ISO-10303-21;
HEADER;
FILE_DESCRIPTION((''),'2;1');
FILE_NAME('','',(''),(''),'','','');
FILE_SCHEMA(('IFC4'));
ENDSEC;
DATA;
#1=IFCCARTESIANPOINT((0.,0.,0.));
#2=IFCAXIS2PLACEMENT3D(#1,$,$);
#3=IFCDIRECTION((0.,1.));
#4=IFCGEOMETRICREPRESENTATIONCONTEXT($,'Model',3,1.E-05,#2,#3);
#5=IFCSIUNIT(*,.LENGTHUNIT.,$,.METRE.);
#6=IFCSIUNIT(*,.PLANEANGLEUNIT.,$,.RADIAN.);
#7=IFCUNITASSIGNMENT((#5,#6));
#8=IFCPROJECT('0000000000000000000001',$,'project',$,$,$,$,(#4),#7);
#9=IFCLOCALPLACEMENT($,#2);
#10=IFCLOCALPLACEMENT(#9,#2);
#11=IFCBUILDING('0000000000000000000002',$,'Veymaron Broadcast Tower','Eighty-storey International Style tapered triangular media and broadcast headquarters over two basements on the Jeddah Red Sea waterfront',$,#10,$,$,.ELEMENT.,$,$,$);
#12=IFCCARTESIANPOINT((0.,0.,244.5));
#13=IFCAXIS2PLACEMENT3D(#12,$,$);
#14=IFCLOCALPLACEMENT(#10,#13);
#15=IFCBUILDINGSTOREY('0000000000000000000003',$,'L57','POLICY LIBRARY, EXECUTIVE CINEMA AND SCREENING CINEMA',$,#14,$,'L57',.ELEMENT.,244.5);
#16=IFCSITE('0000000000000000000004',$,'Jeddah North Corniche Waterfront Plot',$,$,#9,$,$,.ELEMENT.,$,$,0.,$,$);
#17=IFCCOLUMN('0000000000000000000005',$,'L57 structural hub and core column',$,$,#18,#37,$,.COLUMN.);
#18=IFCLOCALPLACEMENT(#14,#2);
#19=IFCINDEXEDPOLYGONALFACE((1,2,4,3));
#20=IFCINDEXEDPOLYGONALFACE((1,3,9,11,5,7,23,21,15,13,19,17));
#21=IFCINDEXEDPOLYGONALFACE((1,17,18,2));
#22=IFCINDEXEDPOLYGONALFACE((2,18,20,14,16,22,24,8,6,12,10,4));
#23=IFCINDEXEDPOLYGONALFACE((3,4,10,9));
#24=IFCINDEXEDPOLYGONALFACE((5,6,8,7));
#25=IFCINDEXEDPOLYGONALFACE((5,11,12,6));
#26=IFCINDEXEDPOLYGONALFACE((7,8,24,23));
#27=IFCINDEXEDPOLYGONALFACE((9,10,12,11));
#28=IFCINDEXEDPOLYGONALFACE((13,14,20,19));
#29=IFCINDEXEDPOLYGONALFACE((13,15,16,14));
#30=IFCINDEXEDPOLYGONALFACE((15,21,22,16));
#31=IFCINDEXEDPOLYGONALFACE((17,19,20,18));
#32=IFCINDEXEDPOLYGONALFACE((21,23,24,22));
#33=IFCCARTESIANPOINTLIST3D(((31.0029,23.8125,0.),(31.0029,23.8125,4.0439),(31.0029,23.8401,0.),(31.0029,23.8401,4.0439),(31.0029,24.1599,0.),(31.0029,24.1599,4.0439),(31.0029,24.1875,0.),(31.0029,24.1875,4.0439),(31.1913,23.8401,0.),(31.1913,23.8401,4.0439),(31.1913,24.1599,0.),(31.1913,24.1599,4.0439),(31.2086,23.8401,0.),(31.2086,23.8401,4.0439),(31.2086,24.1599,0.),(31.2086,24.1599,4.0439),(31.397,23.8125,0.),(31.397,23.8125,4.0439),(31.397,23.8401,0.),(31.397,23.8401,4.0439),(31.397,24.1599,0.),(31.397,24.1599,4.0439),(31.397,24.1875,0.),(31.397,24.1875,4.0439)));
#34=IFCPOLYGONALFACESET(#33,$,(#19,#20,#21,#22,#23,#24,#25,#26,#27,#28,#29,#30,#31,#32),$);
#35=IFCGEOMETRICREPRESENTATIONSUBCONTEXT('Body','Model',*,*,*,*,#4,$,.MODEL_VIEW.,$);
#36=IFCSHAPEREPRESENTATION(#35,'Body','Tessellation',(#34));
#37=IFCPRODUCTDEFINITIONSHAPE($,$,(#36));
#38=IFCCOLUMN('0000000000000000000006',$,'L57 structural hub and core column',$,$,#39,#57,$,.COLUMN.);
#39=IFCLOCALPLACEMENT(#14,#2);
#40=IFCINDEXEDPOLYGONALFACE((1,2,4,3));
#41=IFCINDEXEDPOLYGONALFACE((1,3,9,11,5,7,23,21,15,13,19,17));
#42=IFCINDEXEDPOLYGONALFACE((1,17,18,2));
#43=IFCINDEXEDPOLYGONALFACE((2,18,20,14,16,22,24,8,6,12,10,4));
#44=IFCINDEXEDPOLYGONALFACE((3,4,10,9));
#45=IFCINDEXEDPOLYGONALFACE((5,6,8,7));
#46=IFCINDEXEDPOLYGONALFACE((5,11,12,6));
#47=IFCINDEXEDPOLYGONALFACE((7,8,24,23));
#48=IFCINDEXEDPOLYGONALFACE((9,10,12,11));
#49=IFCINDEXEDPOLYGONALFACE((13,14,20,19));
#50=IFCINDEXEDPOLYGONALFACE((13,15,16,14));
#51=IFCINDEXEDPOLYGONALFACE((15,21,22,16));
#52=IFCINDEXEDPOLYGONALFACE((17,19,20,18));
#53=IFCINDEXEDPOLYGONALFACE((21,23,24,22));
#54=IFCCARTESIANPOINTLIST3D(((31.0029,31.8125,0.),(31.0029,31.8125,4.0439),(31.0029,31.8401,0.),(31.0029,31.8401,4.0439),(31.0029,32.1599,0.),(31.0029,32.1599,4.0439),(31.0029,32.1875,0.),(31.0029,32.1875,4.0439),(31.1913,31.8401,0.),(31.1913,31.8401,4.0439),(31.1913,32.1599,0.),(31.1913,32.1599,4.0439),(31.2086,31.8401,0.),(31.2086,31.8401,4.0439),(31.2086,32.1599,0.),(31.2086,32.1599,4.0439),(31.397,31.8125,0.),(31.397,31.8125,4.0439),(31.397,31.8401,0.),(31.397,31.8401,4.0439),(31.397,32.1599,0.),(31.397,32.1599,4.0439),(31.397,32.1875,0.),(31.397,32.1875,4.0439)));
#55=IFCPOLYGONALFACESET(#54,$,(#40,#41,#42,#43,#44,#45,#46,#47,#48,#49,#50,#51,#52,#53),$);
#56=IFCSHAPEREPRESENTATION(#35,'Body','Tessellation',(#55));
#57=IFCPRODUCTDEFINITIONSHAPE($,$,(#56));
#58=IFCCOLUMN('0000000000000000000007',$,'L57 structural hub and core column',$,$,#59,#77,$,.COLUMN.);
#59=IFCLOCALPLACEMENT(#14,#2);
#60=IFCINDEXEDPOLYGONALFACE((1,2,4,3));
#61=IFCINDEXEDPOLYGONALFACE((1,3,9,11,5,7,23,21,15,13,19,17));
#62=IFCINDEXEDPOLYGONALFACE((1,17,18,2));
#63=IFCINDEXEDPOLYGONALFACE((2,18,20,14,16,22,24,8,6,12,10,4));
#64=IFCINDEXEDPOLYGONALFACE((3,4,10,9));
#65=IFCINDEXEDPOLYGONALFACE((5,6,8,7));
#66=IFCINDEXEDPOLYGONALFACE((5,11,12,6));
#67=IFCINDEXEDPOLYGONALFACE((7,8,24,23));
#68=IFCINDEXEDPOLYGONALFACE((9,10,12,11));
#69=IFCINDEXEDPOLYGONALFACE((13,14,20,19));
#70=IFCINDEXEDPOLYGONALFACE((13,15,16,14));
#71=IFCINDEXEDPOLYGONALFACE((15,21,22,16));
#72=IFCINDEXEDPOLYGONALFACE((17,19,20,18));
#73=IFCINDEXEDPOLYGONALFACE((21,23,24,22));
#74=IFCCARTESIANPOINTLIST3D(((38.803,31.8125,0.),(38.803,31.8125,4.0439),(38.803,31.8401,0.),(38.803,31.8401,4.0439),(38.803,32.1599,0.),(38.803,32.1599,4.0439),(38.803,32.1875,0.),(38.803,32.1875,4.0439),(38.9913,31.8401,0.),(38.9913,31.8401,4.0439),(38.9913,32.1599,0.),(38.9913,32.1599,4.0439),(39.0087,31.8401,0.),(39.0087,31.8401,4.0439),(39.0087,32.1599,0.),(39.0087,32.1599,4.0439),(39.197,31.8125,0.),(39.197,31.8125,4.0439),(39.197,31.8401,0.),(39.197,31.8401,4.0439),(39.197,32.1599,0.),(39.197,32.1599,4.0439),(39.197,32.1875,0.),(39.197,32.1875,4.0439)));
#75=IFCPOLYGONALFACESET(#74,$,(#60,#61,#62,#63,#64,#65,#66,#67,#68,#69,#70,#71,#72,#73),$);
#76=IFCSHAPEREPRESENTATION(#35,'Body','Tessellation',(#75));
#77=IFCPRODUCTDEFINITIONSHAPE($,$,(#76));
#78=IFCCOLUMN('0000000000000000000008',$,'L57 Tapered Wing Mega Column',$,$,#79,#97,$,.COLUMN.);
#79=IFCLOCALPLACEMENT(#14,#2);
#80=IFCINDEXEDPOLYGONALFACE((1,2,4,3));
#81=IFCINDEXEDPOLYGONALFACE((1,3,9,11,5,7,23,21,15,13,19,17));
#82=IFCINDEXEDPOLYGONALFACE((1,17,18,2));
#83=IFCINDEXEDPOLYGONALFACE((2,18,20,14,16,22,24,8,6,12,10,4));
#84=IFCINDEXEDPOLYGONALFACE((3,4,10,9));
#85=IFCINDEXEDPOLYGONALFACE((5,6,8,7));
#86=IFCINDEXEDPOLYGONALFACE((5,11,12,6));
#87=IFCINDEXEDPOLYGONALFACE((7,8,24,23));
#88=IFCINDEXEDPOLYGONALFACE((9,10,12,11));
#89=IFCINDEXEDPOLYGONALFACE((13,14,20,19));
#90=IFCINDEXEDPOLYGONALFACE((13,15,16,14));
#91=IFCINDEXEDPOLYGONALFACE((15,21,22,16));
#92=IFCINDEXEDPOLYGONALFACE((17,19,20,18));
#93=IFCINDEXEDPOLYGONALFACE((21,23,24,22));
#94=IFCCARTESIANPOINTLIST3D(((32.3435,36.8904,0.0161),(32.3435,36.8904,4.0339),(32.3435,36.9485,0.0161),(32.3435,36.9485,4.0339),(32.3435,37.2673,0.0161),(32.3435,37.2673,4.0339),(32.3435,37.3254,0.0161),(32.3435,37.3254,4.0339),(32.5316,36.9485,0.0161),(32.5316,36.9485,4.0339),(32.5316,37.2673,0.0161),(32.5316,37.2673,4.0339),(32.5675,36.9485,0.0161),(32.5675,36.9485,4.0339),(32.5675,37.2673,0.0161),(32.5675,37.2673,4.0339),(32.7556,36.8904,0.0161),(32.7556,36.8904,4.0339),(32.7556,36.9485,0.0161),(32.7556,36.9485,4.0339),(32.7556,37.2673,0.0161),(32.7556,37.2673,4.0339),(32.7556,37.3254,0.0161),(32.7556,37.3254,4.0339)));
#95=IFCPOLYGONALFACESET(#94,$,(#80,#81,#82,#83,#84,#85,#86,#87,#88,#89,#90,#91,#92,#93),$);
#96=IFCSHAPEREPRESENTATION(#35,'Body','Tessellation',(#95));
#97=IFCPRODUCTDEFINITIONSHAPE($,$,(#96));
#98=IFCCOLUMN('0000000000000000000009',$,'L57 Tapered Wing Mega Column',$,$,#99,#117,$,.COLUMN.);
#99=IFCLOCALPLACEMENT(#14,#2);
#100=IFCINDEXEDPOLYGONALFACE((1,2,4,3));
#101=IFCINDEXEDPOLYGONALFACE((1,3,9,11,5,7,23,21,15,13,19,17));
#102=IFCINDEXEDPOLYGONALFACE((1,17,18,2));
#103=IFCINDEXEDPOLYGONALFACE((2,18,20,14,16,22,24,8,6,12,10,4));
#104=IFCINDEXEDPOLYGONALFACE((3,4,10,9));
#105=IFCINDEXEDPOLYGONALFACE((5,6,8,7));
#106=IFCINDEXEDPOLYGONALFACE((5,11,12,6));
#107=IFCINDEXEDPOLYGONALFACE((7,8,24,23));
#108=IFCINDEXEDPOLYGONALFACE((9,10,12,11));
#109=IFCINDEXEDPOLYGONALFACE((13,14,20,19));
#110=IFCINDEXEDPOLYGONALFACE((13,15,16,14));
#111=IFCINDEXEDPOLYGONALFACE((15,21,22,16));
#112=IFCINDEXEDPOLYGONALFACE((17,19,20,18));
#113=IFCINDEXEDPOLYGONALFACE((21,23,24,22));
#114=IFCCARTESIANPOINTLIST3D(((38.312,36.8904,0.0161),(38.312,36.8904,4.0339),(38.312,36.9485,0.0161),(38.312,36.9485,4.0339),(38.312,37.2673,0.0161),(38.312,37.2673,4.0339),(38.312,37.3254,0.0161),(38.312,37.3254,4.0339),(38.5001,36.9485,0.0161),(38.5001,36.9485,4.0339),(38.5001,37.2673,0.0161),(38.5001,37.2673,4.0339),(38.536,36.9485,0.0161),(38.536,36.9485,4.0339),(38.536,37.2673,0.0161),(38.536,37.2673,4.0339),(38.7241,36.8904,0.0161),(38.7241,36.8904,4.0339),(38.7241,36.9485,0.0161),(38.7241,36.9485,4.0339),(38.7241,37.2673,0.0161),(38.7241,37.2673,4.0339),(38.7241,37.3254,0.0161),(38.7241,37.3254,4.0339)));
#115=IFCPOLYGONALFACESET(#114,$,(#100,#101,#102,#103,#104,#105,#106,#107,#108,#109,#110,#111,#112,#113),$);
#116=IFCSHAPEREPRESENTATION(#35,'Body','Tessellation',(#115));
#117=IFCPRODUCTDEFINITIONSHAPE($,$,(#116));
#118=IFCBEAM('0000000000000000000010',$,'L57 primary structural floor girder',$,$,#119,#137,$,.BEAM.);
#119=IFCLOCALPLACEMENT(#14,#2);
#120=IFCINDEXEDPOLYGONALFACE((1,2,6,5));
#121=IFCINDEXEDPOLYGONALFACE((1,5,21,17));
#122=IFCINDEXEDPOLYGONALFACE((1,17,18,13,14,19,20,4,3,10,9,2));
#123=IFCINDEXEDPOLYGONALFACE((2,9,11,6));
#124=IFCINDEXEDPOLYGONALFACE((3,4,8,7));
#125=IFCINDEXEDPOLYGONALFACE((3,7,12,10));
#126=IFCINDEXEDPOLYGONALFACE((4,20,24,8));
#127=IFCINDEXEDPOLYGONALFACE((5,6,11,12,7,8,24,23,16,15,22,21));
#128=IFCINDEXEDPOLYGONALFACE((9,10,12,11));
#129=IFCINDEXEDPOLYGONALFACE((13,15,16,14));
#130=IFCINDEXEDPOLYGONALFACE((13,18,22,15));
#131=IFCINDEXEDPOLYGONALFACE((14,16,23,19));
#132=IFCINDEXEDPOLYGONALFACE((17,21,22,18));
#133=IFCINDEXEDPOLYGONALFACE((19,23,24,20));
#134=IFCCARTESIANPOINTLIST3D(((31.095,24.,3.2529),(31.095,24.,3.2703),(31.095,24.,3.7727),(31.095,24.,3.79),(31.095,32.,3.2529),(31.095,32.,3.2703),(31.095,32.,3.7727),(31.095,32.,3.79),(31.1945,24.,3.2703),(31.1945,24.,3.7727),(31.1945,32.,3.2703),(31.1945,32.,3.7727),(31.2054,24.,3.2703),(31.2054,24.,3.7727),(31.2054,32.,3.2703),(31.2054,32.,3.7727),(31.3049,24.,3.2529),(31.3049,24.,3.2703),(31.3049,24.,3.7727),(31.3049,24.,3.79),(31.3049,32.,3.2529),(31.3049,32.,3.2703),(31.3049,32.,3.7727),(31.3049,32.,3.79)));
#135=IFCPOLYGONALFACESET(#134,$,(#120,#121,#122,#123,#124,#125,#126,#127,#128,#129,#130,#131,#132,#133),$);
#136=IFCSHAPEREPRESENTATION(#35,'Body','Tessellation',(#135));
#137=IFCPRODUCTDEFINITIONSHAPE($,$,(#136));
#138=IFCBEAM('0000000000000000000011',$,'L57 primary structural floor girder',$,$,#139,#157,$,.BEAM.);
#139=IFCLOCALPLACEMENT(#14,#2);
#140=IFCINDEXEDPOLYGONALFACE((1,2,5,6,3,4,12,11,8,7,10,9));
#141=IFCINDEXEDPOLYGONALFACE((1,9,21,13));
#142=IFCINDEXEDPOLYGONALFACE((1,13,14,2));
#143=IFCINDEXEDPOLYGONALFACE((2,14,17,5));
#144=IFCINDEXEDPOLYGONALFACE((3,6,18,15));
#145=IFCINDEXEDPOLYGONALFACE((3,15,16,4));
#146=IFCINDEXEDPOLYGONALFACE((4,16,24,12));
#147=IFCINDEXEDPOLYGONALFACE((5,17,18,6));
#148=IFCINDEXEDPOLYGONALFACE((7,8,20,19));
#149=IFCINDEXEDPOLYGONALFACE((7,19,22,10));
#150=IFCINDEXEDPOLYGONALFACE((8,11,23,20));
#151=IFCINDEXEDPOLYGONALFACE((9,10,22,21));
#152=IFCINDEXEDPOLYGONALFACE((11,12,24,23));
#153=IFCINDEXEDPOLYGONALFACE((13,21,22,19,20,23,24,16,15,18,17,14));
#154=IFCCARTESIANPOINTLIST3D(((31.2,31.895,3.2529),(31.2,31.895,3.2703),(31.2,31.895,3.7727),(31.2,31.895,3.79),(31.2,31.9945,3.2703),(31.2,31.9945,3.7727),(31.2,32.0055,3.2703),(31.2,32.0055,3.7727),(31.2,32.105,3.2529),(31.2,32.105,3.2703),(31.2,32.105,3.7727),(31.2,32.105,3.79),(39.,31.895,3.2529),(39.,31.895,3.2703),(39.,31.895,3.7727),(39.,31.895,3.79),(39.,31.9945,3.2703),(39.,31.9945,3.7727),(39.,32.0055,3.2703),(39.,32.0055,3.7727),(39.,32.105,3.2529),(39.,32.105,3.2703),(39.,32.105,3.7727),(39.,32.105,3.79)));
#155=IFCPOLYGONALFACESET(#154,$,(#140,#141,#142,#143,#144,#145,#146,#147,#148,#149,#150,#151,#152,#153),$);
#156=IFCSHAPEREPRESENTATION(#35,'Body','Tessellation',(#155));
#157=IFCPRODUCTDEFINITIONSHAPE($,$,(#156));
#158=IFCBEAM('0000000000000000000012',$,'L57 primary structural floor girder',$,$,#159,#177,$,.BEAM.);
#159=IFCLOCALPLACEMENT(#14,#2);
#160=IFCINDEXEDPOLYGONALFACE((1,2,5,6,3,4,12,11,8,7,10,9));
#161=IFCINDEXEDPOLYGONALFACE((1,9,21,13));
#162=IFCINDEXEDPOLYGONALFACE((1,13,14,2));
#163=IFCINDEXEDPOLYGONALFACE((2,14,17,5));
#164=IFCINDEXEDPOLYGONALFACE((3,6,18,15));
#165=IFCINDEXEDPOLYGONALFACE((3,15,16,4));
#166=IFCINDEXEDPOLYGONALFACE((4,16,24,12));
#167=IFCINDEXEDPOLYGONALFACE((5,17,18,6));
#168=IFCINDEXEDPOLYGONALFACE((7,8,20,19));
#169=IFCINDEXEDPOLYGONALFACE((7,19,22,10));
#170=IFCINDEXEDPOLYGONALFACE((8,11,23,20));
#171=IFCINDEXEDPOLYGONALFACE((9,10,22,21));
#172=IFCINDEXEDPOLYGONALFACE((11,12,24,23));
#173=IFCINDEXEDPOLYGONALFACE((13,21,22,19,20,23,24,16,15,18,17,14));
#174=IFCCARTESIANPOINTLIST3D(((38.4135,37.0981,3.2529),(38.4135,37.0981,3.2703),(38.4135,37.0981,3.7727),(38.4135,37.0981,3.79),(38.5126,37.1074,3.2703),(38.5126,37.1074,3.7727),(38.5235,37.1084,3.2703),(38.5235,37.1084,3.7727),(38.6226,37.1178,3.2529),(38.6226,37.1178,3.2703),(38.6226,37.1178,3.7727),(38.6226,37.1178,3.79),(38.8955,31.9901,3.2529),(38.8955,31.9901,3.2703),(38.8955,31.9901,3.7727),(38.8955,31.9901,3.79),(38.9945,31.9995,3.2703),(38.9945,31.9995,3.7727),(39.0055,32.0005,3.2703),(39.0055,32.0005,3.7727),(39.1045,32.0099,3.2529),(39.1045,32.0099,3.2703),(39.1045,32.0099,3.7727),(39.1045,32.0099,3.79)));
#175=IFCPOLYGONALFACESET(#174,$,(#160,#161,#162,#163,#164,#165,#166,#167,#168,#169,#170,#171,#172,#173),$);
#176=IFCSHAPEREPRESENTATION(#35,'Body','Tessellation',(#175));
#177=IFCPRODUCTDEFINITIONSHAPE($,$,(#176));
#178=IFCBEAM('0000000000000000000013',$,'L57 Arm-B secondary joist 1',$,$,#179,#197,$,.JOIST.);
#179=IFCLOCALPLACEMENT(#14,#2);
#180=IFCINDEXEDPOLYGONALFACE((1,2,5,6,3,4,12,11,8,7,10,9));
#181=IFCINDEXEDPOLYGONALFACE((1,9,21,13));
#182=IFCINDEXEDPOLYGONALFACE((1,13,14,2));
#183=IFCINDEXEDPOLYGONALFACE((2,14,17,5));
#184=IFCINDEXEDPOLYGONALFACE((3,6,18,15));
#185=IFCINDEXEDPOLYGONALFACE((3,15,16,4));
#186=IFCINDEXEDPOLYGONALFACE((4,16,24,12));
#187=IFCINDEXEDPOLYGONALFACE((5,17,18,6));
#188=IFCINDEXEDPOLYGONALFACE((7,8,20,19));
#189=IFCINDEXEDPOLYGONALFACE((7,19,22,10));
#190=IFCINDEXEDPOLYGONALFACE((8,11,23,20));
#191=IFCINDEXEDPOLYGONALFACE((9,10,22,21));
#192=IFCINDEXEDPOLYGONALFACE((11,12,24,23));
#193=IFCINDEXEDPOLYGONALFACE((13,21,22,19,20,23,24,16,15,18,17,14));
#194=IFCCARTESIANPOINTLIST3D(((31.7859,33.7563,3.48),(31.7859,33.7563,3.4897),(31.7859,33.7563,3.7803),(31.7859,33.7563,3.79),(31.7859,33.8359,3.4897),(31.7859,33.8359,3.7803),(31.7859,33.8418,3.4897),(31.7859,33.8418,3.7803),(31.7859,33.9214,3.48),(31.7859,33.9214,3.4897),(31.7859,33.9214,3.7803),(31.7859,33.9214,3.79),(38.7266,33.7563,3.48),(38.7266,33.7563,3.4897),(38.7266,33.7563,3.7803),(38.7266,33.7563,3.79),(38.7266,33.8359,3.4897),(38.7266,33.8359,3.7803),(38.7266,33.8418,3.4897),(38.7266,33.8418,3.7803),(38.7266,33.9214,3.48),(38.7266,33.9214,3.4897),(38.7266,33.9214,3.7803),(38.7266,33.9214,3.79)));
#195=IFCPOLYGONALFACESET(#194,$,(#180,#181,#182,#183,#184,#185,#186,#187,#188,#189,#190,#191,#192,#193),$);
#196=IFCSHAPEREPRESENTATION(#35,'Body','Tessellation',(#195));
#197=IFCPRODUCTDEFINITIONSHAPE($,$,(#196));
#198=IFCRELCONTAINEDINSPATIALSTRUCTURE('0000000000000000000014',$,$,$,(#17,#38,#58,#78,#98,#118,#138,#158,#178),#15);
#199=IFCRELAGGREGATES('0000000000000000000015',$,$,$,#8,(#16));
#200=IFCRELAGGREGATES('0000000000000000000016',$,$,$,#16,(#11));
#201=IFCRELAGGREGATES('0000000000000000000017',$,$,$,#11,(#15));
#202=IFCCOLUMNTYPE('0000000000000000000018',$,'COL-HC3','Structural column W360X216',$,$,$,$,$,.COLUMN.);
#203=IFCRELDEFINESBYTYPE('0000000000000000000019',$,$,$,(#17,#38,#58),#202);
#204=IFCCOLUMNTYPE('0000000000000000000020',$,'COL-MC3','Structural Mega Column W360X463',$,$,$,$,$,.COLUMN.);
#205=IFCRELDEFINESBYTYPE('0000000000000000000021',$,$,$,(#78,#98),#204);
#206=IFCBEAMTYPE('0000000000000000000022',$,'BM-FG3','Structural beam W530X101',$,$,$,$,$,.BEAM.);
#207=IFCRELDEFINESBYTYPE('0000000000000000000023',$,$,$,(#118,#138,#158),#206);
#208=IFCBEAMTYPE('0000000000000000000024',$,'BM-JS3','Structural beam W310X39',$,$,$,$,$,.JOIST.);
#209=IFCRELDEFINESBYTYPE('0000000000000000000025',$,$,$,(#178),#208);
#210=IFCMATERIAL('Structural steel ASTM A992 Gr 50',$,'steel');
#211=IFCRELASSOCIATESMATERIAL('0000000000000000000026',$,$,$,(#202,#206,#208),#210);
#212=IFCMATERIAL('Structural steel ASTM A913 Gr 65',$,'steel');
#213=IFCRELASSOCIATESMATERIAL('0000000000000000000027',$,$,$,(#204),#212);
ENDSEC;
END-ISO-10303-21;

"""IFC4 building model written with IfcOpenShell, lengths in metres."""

from ifc_helpers import new_model, si_unit, direction, frame, origin, origin_2d, place, context, subcontext, project, spatial, i_section, extrude, material, material_profile, profile_set, type_object, element, save


model = new_model("IFC4")

# Units and contexts
model_context = context("Model", 3, precision=1e-05, world=origin(), true_north=direction((0.0, 1.0)))
body_context = subcontext(model_context, "Body", "Model", "MODEL_VIEW")
ifc_project = project(units=[si_unit("LENGTHUNIT", "METRE"), si_unit("PLANEANGLEUNIT", "RADIAN")], contexts=[model_context])

# Site, building, storey
site_placement = place(None, origin())
site = spatial("IfcSite", under=ifc_project, at=site_placement, Name="Jeddah North Corniche Waterfront Plot", CompositionType="ELEMENT", RefElevation=0.0)
building_placement = place(site_placement, origin())
building = spatial("IfcBuilding", under=site, at=building_placement, Name="Veymaron Broadcast Tower", Description="Eighty-storey International Style tapered triangular media and broadcast headquarters over two basements on the Jeddah Red Sea waterfront", CompositionType="ELEMENT")
storey_placement = place(building_placement, frame((0.0, 0.0, 244.5)))
storey = spatial("IfcBuildingStorey", under=building, at=storey_placement, Name="L57", Description="POLICY LIBRARY, EXECUTIVE CINEMA AND SCREENING CINEMA", LongName="L57", CompositionType="ELEMENT", Elevation=244.5)

# Columns
ifc_material_1 = material(Name="Structural steel ASTM A992 Gr 50", Category="steel")
ifc_material_profile_1 = material_profile(ifc_material_1, i_section(OverallWidth=0.394, OverallDepth=0.375, WebThickness=0.0173, FlangeThickness=0.0276, at=origin_2d()), Name="W360X216")
ifc_profile_set_1 = profile_set([ifc_material_profile_1], Name="Structural steel ASTM A992 Gr 50")
column_type_1 = type_object("IfcColumnType", Name="COL-HC3", Description="Structural column W360X216", PredefinedType="COLUMN", material=ifc_profile_set_1)
for number, where, z_axis, x_axis, name in (
    (1, (31.2, 24.0, 0.0), (0.0, 0.0, 1.0), (1.0, 0.0, 0.0), "L57 structural hub and core column"),
    (2, (31.2, 32.0, 0.0), (0.0, 0.0, 1.0), (1.0, 0.0, 0.0), "L57 structural hub and core column"),
    (3, (39.0, 32.0, 0.0), (0.0, 0.0, 1.0), (1.0, 0.0, 0.0), "L57 structural hub and core column"),
):
    element("IfcColumn", number, at=place(storey_placement, frame(where, z_axis=z_axis, x_axis=x_axis)), inside=storey, type_object=column_type_1, Name=name, PredefinedType="COLUMN", context=body_context, shape_type="SweptSolid", body=[
        extrude(i_section(OverallWidth=0.394, OverallDepth=0.375, WebThickness=0.0173, FlangeThickness=0.0276, at=origin_2d()), origin(), (0.0, 0.0, 1.0), 4.0439),
    ])
ifc_material_2 = material(Name="Structural steel ASTM A913 Gr 65", Category="steel")
ifc_material_profile_2 = material_profile(ifc_material_2, i_section(OverallWidth=0.4121, OverallDepth=0.4351, WebThickness=0.0359, FlangeThickness=0.0581, at=origin_2d()), Name="W360X463")
ifc_profile_set_2 = profile_set([ifc_material_profile_2], Name="Structural steel ASTM A913 Gr 65")
column_type_2 = type_object("IfcColumnType", Name="COL-MC3", Description="Structural Mega Column W360X463", PredefinedType="COLUMN", material=ifc_profile_set_2)
for number, where, z_axis, x_axis, name in (
    (4, (32.5496, 37.1079, 0.0161), (0.0, 0.0, 1.0), (1.0, 0.0, 0.0), "L57 Tapered Wing Mega Column"),
    (5, (38.5181, 37.1079, 0.0161), (0.0, 0.0, 1.0), (1.0, 0.0, 0.0), "L57 Tapered Wing Mega Column"),
):
    element("IfcColumn", number, at=place(storey_placement, frame(where, z_axis=z_axis, x_axis=x_axis)), inside=storey, type_object=column_type_2, Name=name, PredefinedType="COLUMN", context=body_context, shape_type="SweptSolid", body=[
        extrude(i_section(OverallWidth=0.4121, OverallDepth=0.4351, WebThickness=0.0359, FlangeThickness=0.0581, at=origin_2d()), origin(), (0.0, 0.0, 1.0), 4.0178),
    ])

# Beams
ifc_material_profile_3 = material_profile(ifc_material_1, i_section(OverallWidth=0.21, OverallDepth=0.5371, WebThickness=0.011, FlangeThickness=0.0173, at=origin_2d()), Name="W530X101")
ifc_profile_set_3 = profile_set([ifc_material_profile_3], Name="Structural steel ASTM A992 Gr 50")
beam_type_1 = type_object("IfcBeamType", Name="BM-FG3", Description="Structural beam W530X101", PredefinedType="BEAM", material=ifc_profile_set_3)
beam_1_placement = place(storey_placement, frame((31.2, 24.0, 3.5215), z_axis=(0.0, 1.0, 0.0), x_axis=(-1.0, 0.0, 0.0)))
element("IfcBeam", 6, at=beam_1_placement, inside=storey, type_object=beam_type_1, Name="L57 primary structural floor girder", PredefinedType="BEAM", context=body_context, shape_type="SweptSolid", body=[
    extrude(i_section(OverallWidth=0.21, OverallDepth=0.5371, WebThickness=0.011, FlangeThickness=0.0173, at=origin_2d()), origin(), (0.0, 0.0, 1.0), 8.0),
])
beam_2_placement = place(storey_placement, frame((31.2, 32.0, 3.5215), z_axis=(1.0, 0.0, 0.0), x_axis=(0.0, 1.0, 0.0)))
element("IfcBeam", 7, at=beam_2_placement, inside=storey, type_object=beam_type_1, Name="L57 primary structural floor girder", PredefinedType="BEAM", context=body_context, shape_type="SweptSolid", body=[
    extrude(i_section(OverallWidth=0.21, OverallDepth=0.5371, WebThickness=0.011, FlangeThickness=0.0173, at=origin_2d()), origin(), (0.0, 0.0, 1.0), 7.8),
])
beam_3_placement = place(storey_placement, frame((39.0, 32.0, 3.5215), z_axis=(-0.093933, 0.995578, 0.0), x_axis=(-0.995578, -0.093933, 0.0)))
element("IfcBeam", 8, at=beam_3_placement, inside=storey, type_object=beam_type_1, Name="L57 primary structural floor girder", PredefinedType="BEAM", context=body_context, shape_type="SweptSolid", body=[
    extrude(i_section(OverallWidth=0.21, OverallDepth=0.5371, WebThickness=0.011, FlangeThickness=0.0173, at=origin_2d()), origin(), (0.0, 0.0, 1.0), 5.1306),
])
ifc_material_profile_4 = material_profile(ifc_material_1, i_section(OverallWidth=0.165, OverallDepth=0.3101, WebThickness=0.0059, FlangeThickness=0.0098, at=origin_2d()), Name="W310X39")
ifc_profile_set_4 = profile_set([ifc_material_profile_4], Name="Structural steel ASTM A992 Gr 50")
beam_type_2 = type_object("IfcBeamType", Name="BM-JS3", Description="Structural beam W310X39", PredefinedType="JOIST", material=ifc_profile_set_4)
beam_4_placement = place(storey_placement, frame((31.7859, 33.8389, 3.635), z_axis=(1.0, 0.0, 0.0), x_axis=(0.0, 1.0, 0.0)))
element("IfcBeam", 9, at=beam_4_placement, inside=storey, type_object=beam_type_2, Name="L57 Arm-B secondary joist 1", PredefinedType="JOIST", context=body_context, shape_type="SweptSolid", body=[
    extrude(i_section(OverallWidth=0.165, OverallDepth=0.3101, WebThickness=0.0059, FlangeThickness=0.0098, at=origin_2d()), origin(), (0.0, 0.0, 1.0), 6.9407),
])

save(model, "model.ifc")
